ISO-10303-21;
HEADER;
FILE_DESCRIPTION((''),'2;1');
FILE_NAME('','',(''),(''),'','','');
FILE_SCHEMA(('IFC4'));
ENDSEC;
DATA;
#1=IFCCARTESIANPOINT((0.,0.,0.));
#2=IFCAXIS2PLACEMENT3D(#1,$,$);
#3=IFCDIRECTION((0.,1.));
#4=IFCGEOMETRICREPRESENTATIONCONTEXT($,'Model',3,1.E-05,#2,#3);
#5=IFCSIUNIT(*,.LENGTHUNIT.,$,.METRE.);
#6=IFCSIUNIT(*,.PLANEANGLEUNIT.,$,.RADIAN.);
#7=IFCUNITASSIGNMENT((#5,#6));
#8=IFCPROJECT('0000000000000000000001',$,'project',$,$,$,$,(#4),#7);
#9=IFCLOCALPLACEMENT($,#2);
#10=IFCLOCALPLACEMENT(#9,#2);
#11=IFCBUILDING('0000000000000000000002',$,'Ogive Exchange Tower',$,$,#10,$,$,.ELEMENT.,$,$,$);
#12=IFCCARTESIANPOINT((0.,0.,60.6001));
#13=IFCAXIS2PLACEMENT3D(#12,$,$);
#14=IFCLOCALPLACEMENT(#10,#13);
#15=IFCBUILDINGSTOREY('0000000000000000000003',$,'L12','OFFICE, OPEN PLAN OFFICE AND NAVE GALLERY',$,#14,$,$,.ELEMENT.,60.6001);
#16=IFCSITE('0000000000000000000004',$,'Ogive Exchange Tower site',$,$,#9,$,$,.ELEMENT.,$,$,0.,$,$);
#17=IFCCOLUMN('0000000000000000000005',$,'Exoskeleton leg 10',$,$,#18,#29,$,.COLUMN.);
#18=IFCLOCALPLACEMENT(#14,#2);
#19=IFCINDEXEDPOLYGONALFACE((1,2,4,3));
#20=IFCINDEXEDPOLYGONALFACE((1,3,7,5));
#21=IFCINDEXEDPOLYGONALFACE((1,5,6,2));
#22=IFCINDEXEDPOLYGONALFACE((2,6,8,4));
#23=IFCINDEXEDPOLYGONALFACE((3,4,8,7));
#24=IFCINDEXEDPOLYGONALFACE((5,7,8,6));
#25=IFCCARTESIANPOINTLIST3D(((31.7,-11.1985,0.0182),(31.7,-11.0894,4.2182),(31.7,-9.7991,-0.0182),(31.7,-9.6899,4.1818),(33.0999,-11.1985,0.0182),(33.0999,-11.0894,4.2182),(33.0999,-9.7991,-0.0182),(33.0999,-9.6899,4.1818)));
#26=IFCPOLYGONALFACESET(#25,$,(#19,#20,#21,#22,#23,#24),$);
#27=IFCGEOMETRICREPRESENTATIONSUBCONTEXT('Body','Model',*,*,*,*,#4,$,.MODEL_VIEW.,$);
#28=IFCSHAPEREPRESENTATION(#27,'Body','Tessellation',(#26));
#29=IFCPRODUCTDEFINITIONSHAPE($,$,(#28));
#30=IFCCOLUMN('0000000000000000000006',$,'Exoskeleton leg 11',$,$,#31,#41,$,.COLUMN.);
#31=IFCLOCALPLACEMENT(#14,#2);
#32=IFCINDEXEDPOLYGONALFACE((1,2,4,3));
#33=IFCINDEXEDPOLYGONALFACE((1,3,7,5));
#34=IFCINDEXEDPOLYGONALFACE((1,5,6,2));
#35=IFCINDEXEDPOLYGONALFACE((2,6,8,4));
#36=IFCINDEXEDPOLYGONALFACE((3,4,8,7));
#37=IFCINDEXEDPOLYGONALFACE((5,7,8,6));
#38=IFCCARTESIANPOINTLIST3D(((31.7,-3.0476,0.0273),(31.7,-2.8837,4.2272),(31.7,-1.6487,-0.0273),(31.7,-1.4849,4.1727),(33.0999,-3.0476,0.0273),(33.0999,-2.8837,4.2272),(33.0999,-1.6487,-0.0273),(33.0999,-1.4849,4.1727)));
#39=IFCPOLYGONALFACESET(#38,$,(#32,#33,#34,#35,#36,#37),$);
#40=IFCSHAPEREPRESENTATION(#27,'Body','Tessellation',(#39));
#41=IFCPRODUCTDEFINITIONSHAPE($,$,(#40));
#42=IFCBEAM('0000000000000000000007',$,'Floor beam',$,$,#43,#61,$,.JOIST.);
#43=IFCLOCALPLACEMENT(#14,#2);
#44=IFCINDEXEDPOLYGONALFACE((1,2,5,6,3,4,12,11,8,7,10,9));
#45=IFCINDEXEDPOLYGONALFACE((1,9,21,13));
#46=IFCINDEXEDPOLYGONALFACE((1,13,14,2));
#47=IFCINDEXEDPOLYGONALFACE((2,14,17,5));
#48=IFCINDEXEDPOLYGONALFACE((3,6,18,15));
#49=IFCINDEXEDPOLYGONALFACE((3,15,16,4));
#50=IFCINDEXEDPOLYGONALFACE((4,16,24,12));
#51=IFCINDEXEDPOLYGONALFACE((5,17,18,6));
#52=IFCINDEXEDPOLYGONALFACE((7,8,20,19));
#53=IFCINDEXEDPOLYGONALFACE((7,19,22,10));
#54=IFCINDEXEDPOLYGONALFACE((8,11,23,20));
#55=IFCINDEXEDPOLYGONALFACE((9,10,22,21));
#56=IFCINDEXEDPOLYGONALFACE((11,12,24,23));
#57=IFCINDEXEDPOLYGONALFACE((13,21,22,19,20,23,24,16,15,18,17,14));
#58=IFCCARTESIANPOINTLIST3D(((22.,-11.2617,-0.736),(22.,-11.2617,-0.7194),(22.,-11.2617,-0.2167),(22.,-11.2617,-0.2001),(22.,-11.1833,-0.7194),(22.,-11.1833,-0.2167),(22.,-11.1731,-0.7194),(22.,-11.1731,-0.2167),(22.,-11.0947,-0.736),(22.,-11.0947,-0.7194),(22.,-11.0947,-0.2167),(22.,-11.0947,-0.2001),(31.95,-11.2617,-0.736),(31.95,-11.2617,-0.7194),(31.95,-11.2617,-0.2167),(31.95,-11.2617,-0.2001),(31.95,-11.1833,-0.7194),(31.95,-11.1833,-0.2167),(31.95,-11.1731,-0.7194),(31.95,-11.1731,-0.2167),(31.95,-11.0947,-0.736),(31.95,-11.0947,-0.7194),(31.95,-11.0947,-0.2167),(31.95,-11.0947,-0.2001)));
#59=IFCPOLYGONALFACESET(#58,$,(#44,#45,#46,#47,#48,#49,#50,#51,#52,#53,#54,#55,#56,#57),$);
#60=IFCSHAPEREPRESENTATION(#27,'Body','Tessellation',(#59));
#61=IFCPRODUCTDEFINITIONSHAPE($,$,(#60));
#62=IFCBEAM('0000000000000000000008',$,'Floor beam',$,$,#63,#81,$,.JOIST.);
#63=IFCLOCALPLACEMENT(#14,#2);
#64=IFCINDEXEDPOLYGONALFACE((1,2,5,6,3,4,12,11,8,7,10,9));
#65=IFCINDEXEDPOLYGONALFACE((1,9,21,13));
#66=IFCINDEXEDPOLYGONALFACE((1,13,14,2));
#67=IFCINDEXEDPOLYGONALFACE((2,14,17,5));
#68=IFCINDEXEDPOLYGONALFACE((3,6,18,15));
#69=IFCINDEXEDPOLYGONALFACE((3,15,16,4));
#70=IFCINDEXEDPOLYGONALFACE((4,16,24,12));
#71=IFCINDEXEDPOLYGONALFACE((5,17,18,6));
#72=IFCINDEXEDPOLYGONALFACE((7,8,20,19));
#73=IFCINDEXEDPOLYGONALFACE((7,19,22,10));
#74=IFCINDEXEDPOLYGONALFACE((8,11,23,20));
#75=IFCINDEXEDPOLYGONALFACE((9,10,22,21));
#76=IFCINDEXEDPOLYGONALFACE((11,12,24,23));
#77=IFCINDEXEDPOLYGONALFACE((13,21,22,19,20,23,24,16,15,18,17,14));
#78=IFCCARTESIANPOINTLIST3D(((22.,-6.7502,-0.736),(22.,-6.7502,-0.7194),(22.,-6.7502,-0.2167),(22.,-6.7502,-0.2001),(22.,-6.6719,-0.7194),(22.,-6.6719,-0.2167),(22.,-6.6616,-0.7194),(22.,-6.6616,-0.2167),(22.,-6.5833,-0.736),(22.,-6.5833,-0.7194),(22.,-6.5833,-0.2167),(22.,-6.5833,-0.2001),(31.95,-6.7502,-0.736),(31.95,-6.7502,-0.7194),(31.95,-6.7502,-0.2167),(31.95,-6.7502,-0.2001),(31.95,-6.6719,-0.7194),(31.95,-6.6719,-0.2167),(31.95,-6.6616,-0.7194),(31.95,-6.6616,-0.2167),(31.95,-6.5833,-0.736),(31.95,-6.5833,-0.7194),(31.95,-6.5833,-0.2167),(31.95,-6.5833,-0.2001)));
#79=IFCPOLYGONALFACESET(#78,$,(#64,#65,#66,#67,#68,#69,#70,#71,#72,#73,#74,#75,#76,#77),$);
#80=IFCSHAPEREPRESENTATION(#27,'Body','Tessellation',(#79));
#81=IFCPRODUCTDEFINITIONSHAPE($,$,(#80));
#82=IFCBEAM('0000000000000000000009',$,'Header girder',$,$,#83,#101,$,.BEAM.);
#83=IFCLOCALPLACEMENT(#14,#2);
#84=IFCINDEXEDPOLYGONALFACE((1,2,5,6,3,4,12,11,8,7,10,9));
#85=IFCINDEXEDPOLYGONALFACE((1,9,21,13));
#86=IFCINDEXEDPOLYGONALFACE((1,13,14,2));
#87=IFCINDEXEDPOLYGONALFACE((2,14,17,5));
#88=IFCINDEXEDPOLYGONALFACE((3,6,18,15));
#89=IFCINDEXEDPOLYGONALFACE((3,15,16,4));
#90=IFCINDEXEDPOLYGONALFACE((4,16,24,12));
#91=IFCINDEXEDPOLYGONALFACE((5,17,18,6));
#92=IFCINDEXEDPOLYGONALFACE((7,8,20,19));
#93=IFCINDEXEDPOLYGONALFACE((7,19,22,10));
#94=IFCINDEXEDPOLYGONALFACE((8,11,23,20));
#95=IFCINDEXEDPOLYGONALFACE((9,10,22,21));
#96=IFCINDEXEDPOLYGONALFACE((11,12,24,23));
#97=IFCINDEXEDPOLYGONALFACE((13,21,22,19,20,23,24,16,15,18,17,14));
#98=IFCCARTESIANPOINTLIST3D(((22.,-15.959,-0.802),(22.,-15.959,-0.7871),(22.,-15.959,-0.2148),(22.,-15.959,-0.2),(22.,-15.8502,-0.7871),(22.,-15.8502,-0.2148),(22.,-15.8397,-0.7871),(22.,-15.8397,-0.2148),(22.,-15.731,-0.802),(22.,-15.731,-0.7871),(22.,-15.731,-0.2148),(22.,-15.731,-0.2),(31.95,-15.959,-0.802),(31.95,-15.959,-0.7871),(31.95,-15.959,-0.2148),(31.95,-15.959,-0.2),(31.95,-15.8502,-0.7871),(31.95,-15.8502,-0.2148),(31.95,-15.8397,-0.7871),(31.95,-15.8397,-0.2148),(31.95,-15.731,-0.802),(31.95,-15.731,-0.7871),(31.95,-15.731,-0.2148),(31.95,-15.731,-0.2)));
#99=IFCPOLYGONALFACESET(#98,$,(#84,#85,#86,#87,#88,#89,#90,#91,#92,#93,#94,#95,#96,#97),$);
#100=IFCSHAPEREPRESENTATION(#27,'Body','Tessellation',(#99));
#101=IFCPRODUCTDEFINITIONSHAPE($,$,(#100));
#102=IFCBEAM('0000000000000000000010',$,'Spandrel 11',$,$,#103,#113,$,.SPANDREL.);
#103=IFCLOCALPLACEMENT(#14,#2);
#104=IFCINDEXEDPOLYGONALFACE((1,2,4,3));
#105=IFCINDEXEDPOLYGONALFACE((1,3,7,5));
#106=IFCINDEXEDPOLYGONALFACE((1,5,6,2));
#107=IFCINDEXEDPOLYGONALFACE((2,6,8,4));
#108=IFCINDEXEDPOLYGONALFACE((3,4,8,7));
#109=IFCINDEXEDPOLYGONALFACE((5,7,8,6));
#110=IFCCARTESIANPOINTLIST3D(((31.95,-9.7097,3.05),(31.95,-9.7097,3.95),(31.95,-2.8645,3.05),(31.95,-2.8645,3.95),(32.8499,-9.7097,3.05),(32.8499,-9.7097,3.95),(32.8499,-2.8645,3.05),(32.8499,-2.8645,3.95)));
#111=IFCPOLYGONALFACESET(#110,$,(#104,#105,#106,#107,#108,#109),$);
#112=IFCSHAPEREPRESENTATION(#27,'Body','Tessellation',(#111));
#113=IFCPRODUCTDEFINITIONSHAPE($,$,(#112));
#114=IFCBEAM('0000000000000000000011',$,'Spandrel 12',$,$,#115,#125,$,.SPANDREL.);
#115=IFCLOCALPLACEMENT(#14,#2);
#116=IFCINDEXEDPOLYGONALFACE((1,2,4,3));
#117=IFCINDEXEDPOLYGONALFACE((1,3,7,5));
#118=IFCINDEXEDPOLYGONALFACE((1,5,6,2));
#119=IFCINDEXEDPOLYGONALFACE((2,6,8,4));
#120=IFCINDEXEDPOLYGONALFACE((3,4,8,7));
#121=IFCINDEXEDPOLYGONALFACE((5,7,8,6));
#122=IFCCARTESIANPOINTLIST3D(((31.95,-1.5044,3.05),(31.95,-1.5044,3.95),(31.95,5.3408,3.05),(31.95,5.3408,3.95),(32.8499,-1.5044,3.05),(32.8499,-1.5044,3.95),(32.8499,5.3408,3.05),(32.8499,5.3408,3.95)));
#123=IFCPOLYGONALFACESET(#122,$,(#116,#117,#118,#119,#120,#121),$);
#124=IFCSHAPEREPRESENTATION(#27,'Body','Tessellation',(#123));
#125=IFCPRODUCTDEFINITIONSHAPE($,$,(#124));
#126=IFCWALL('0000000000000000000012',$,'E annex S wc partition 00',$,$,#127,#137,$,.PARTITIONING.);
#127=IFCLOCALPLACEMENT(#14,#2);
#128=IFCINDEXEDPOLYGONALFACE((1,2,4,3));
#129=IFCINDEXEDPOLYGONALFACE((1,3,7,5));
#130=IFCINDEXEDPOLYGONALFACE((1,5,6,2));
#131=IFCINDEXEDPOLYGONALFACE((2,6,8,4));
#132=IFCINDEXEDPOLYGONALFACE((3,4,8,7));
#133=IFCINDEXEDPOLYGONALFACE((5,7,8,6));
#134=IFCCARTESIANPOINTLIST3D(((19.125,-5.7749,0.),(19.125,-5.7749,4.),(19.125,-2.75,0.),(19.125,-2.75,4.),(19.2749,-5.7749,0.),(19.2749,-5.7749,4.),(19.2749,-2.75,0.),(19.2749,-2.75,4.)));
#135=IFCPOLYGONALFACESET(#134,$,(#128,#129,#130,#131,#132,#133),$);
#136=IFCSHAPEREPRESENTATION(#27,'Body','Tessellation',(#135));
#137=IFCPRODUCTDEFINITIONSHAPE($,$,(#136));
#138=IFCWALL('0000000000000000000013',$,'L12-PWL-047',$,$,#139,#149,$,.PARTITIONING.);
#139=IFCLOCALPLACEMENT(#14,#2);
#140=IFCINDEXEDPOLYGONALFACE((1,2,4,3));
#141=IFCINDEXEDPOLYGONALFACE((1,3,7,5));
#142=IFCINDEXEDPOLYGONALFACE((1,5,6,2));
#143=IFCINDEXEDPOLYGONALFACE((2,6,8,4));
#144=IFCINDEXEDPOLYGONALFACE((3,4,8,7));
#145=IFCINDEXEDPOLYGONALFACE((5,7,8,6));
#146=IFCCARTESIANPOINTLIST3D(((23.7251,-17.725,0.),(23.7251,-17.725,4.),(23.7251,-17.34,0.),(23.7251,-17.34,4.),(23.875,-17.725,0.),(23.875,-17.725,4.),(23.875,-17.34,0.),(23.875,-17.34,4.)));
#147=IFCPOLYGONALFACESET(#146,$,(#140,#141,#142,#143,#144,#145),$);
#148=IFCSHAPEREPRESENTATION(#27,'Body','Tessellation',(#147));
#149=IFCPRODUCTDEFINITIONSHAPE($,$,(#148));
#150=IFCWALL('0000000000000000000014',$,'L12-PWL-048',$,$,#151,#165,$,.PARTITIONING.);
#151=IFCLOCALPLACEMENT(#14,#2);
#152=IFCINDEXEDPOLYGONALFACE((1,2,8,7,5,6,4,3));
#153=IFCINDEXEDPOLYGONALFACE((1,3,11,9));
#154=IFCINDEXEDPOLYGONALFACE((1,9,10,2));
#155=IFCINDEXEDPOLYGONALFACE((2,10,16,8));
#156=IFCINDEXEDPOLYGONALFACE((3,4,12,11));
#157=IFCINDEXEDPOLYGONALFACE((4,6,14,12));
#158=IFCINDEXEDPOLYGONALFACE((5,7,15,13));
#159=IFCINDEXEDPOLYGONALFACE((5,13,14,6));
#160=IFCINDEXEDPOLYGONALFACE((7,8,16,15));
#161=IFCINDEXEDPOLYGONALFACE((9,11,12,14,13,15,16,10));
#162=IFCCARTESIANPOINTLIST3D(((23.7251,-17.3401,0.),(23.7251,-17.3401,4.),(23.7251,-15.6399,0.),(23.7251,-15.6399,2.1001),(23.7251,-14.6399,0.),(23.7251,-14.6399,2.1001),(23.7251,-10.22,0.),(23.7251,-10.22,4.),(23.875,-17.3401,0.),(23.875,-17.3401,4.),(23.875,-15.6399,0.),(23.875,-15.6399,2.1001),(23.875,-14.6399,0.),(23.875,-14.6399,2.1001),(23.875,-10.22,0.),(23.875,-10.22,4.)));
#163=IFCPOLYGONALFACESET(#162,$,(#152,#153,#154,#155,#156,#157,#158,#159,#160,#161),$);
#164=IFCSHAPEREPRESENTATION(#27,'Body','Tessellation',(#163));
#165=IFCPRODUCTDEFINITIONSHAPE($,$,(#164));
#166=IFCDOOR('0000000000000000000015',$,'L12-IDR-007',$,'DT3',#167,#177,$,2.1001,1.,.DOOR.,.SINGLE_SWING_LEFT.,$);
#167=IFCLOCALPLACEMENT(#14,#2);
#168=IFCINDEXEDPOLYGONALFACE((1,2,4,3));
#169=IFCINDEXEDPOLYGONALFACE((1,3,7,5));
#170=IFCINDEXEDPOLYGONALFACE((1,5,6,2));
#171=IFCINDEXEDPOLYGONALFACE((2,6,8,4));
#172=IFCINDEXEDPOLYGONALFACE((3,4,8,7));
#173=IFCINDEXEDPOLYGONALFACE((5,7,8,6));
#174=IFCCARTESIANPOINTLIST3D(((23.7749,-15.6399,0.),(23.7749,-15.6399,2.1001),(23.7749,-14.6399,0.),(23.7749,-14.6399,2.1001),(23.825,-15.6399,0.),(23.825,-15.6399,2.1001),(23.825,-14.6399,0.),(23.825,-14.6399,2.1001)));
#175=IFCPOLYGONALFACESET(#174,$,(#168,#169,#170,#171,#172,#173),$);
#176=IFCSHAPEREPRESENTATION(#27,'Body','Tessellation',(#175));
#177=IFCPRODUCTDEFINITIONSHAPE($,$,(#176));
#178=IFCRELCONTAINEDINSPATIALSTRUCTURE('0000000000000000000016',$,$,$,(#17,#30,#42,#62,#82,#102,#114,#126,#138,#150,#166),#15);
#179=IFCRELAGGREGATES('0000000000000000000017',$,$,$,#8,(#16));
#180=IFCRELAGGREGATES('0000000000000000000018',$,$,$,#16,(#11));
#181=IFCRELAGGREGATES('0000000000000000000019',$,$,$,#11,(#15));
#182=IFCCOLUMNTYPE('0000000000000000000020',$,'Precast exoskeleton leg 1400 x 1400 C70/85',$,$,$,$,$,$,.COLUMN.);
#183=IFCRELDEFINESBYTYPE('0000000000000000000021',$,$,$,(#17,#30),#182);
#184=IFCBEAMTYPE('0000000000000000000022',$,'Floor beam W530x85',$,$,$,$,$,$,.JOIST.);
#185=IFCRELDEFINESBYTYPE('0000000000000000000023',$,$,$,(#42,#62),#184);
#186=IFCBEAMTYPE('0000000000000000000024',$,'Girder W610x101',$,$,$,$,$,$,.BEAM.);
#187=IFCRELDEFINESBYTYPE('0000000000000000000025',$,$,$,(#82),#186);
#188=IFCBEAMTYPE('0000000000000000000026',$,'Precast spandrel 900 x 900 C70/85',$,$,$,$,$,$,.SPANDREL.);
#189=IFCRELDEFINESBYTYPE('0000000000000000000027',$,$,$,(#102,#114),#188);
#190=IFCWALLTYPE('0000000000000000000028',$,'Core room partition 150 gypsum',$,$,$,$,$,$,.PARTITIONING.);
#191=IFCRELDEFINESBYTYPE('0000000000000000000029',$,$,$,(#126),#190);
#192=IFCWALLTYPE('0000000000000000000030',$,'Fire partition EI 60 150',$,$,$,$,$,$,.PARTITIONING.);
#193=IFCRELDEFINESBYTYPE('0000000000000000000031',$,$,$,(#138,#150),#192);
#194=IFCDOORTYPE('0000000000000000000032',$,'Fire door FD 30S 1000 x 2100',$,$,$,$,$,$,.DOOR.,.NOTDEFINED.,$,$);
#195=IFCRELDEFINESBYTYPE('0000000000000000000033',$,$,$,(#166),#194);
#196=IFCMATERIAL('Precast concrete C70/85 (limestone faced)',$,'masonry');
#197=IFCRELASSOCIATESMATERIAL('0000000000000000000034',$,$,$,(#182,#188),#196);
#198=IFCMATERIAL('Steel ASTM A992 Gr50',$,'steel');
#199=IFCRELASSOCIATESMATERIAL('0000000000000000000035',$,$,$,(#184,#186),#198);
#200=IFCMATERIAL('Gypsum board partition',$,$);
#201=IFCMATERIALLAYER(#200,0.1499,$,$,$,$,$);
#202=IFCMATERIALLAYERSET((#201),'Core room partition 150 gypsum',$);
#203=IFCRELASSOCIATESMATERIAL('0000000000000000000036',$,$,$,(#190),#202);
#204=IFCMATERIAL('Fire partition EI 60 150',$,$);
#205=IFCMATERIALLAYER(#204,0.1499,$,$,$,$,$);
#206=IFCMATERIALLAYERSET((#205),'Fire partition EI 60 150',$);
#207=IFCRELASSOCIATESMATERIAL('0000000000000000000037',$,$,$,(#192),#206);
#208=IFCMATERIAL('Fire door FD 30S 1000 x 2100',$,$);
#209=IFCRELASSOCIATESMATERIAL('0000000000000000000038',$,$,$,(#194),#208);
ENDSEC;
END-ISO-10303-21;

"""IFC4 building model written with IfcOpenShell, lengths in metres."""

from ifc_helpers import new_model, si_unit, direction, frame, frame_2d, origin, origin_2d, place, context, subcontext, project, spatial, rectangle, i_section, extrude, material, layer, layer_set, material_profile, profile_set, type_object, element, fill, save


model = new_model("IFC4")

# Units and contexts
model_context = context("Model", 3, precision=1e-05, world=origin(), true_north=direction((0.0, 1.0)))
body_context = subcontext(model_context, "Body", "Model", "MODEL_VIEW")
ifc_project = project(units=[si_unit("LENGTHUNIT", "METRE"), si_unit("PLANEANGLEUNIT", "RADIAN")], contexts=[model_context])

# Site, building, storey
site_placement = place(None, origin())
site = spatial("IfcSite", under=ifc_project, at=site_placement, Name="Ogive Exchange Tower site", CompositionType="ELEMENT", RefElevation=0.0)
building_placement = place(site_placement, origin())
building = spatial("IfcBuilding", under=site, at=building_placement, Name="Ogive Exchange Tower", CompositionType="ELEMENT")
storey_placement = place(building_placement, frame((0.0, 0.0, 60.6001)))
storey = spatial("IfcBuildingStorey", under=building, at=storey_placement, Name="L12", Description="OFFICE, OPEN PLAN OFFICE AND NAVE GALLERY", CompositionType="ELEMENT", Elevation=60.6001)

# Columns
ifc_material_1 = material(Name="Precast concrete C70/85 (limestone faced)", Category="masonry")
ifc_material_profile_1 = material_profile(ifc_material_1, rectangle(XDim=1.3999, YDim=1.3999, at=origin_2d()), Name="1400 x 1400")
ifc_profile_set_1 = profile_set([ifc_material_profile_1], Name="Precast concrete C70/85 (limestone faced)")
column_type = type_object("IfcColumnType", Name="Precast exoskeleton leg 1400 x 1400 C70/85", PredefinedType="COLUMN", material=ifc_profile_set_1)
column_1_placement = place(storey_placement, frame((32.3999, -10.4988, 0.0), z_axis=(0.0, 0.025975, 0.999663), x_axis=(-1.0, 0.0, 0.0)))
element("IfcColumn", 1, at=column_1_placement, inside=storey, type_object=column_type, Name="Exoskeleton leg 10", PredefinedType="COLUMN", context=body_context, shape_type="SweptSolid", body=[
    extrude(rectangle(XDim=1.3999, YDim=1.3999, at=origin_2d()), origin(), (0.0, 0.0, 1.0), 4.2014),
])
column_2_placement = place(storey_placement, frame((32.3999, -2.3481, 0.0), z_axis=(0.0, 0.038975, 0.99924), x_axis=(-1.0, 0.0, 0.0)))
element("IfcColumn", 2, at=column_2_placement, inside=storey, type_object=column_type, Name="Exoskeleton leg 11", PredefinedType="COLUMN", context=body_context, shape_type="SweptSolid", body=[
    extrude(rectangle(XDim=1.3999, YDim=1.3999, at=origin_2d()), origin(), (0.0, 0.0, 1.0), 4.2031),
])

# Beams
ifc_material_2 = material(Name="Steel ASTM A992 Gr50", Category="steel")
ifc_material_profile_2 = material_profile(ifc_material_2, i_section(OverallWidth=0.167, OverallDepth=0.5359, WebThickness=0.0103, FlangeThickness=0.0166, at=origin_2d()), Name="W530x85")
ifc_profile_set_2 = profile_set([ifc_material_profile_2], Name="Steel ASTM A992 Gr50")
beam_type_1 = type_object("IfcBeamType", Name="Floor beam W530x85", PredefinedType="JOIST", material=ifc_profile_set_2)
for number, where, z_axis, x_axis, name in (
    (3, (22.0, -11.1782, -0.468), (1.0, 0.0, 0.0), (0.0, 1.0, 0.0), "Floor beam"),
    (4, (22.0, -6.6667, -0.468), (1.0, 0.0, 0.0), (0.0, 1.0, 0.0), "Floor beam"),
):
    element("IfcBeam", number, at=place(storey_placement, frame(where, z_axis=z_axis, x_axis=x_axis)), inside=storey, type_object=beam_type_1, Name=name, PredefinedType="JOIST", context=body_context, shape_type="SweptSolid", body=[
        extrude(i_section(OverallWidth=0.167, OverallDepth=0.5359, WebThickness=0.0103, FlangeThickness=0.0166, at=origin_2d()), origin(), (0.0, 0.0, 1.0), 9.95),
    ])
ifc_material_profile_3 = material_profile(ifc_material_2, i_section(OverallWidth=0.228, OverallDepth=0.6021, WebThickness=0.0105, FlangeThickness=0.0149, at=origin_2d()), Name="W610x101")
ifc_profile_set_3 = profile_set([ifc_material_profile_3], Name="Steel ASTM A992 Gr50")
beam_type_2 = type_object("IfcBeamType", Name="Girder W610x101", PredefinedType="BEAM", material=ifc_profile_set_3)
beam_placement = place(storey_placement, frame((22.0, -15.845, -0.501), z_axis=(1.0, 0.0, 0.0), x_axis=(0.0, 1.0, 0.0)))
element("IfcBeam", 5, at=beam_placement, inside=storey, type_object=beam_type_2, Name="Header girder", PredefinedType="BEAM", context=body_context, shape_type="SweptSolid", body=[
    extrude(i_section(OverallWidth=0.228, OverallDepth=0.6021, WebThickness=0.0105, FlangeThickness=0.0149, at=origin_2d()), origin(), (0.0, 0.0, 1.0), 9.95),
])
ifc_material_profile_4 = material_profile(ifc_material_1, rectangle(XDim=0.8999, YDim=0.8999, at=origin_2d()), Name="900 x 900")
ifc_profile_set_4 = profile_set([ifc_material_profile_4], Name="Precast concrete C70/85 (limestone faced)")
beam_type_3 = type_object("IfcBeamType", Name="Precast spandrel 900 x 900 C70/85", PredefinedType="SPANDREL", material=ifc_profile_set_4)
for number, where, z_axis, x_axis, name in (
    (6, (32.3999, -9.7097, 3.5), (0.0, 1.0, 0.0), (-1.0, 0.0, 0.0), "Spandrel 11"),
    (7, (32.3999, -1.5044, 3.5), (0.0, 1.0, 0.0), (-1.0, 0.0, 0.0), "Spandrel 12"),
):
    element("IfcBeam", number, at=place(storey_placement, frame(where, z_axis=z_axis, x_axis=x_axis)), inside=storey, type_object=beam_type_3, Name=name, PredefinedType="SPANDREL", context=body_context, shape_type="SweptSolid", body=[
        extrude(rectangle(XDim=0.8999, YDim=0.8999, at=origin_2d()), origin(), (0.0, 0.0, 1.0), 6.8452),
    ])

# Walls
ifc_material_3 = material(Name="Gypsum board partition")
ifc_layer_1 = layer(ifc_material_3, 0.1499)
ifc_layer_set_1 = layer_set([ifc_layer_1], Name="Core room partition 150 gypsum")
wall_type_1 = type_object("IfcWallType", Name="Core room partition 150 gypsum", PredefinedType="PARTITIONING", material=ifc_layer_set_1)
wall_1_placement = place(storey_placement, frame((19.2, -5.7749, 0.0), z_axis=(0.0, 0.0, 1.0), x_axis=(0.0, 1.0, 0.0)))
element("IfcWall", 8, at=wall_1_placement, inside=storey, type_object=wall_type_1, Name="E annex S wc partition 00", PredefinedType="PARTITIONING", context=body_context, shape_type="SweptSolid", body=[
    extrude(rectangle(XDim=3.0249, YDim=0.1499, at=frame_2d((1.5125, 0.0))), origin(), (0.0, 0.0, 1.0), 4.0),
])
ifc_material_4 = material(Name="Fire partition EI 60 150")
ifc_layer_2 = layer(ifc_material_4, 0.1499)
ifc_layer_set_2 = layer_set([ifc_layer_2], Name="Fire partition EI 60 150")
wall_type_2 = type_object("IfcWallType", Name="Fire partition EI 60 150", PredefinedType="PARTITIONING", material=ifc_layer_set_2)
wall_2_placement = place(storey_placement, frame((23.8, -17.3401, 0.0), z_axis=(0.0, 0.0, 1.0), x_axis=(0.0, -1.0, 0.0)))
element("IfcWall", 9, at=wall_2_placement, inside=storey, type_object=wall_type_2, Name="L12-PWL-047", PredefinedType="PARTITIONING", context=body_context, shape_type="SweptSolid", body=[
    extrude(rectangle(XDim=0.385, YDim=0.1499, at=frame_2d((0.1924, 0.0))), origin(), (0.0, 0.0, 1.0), 4.0),
])

# Wall, opening, door
wall_3_placement = place(storey_placement, frame((23.8, -10.22, 0.0), z_axis=(0.0, 0.0, 1.0), x_axis=(0.0, -1.0, 0.0)))
wall_3 = element("IfcWall", 10, at=wall_3_placement, inside=storey, type_object=wall_type_2, Name="L12-PWL-048", PredefinedType="PARTITIONING", context=body_context, shape_type="SweptSolid", body=[
    extrude(rectangle(XDim=7.1201, YDim=0.1499, at=frame_2d((3.5601, 0.0))), origin(), (0.0, 0.0, 1.0), 4.0),
])
opening_1_placement = place(wall_3_placement, frame((4.4199, 0.0, 0.0)))
opening_1 = element("IfcOpeningElement", 11, at=opening_1_placement, cuts=wall_3, PredefinedType="OPENING", context=body_context, shape_type="SweptSolid", body=[
    extrude(rectangle(XDim=1.0, YDim=2.1001, at=frame_2d((0.5, 1.05))), frame((0.0, 0.085, 0.0), z_axis=(0.0, -1.0, 0.0), x_axis=(1.0, 0.0, 0.0)), (0.0, 0.0, 1.0), 0.1699),
])
ifc_material_5 = material(Name="Fire door FD 30S 1000 x 2100")
door_type_1 = type_object("IfcDoorType", Name="Fire door FD 30S 1000 x 2100", OperationType="NOTDEFINED", PredefinedType="DOOR", material=ifc_material_5)
door_1_placement = place(opening_1_placement, origin())
door_1 = element("IfcDoor", 12, at=door_1_placement, inside=storey, type_object=door_type_1, Name="L12-IDR-007", ObjectType="DT3", OperationType="SINGLE_SWING_LEFT", OverallHeight=2.1001, OverallWidth=1.0, PredefinedType="DOOR", context=body_context, shape_type="SweptSolid", body=[
    extrude(rectangle(XDim=1.0, YDim=2.1001, at=frame_2d((0.5, 1.05))), frame((0.0, 0.0249, 0.0), z_axis=(0.0, -1.0, 0.0), x_axis=(1.0, 0.0, 0.0)), (0.0, 0.0, 1.0), 0.05),
])
fill(opening_1, door_1)

save(model, "model.ifc")
